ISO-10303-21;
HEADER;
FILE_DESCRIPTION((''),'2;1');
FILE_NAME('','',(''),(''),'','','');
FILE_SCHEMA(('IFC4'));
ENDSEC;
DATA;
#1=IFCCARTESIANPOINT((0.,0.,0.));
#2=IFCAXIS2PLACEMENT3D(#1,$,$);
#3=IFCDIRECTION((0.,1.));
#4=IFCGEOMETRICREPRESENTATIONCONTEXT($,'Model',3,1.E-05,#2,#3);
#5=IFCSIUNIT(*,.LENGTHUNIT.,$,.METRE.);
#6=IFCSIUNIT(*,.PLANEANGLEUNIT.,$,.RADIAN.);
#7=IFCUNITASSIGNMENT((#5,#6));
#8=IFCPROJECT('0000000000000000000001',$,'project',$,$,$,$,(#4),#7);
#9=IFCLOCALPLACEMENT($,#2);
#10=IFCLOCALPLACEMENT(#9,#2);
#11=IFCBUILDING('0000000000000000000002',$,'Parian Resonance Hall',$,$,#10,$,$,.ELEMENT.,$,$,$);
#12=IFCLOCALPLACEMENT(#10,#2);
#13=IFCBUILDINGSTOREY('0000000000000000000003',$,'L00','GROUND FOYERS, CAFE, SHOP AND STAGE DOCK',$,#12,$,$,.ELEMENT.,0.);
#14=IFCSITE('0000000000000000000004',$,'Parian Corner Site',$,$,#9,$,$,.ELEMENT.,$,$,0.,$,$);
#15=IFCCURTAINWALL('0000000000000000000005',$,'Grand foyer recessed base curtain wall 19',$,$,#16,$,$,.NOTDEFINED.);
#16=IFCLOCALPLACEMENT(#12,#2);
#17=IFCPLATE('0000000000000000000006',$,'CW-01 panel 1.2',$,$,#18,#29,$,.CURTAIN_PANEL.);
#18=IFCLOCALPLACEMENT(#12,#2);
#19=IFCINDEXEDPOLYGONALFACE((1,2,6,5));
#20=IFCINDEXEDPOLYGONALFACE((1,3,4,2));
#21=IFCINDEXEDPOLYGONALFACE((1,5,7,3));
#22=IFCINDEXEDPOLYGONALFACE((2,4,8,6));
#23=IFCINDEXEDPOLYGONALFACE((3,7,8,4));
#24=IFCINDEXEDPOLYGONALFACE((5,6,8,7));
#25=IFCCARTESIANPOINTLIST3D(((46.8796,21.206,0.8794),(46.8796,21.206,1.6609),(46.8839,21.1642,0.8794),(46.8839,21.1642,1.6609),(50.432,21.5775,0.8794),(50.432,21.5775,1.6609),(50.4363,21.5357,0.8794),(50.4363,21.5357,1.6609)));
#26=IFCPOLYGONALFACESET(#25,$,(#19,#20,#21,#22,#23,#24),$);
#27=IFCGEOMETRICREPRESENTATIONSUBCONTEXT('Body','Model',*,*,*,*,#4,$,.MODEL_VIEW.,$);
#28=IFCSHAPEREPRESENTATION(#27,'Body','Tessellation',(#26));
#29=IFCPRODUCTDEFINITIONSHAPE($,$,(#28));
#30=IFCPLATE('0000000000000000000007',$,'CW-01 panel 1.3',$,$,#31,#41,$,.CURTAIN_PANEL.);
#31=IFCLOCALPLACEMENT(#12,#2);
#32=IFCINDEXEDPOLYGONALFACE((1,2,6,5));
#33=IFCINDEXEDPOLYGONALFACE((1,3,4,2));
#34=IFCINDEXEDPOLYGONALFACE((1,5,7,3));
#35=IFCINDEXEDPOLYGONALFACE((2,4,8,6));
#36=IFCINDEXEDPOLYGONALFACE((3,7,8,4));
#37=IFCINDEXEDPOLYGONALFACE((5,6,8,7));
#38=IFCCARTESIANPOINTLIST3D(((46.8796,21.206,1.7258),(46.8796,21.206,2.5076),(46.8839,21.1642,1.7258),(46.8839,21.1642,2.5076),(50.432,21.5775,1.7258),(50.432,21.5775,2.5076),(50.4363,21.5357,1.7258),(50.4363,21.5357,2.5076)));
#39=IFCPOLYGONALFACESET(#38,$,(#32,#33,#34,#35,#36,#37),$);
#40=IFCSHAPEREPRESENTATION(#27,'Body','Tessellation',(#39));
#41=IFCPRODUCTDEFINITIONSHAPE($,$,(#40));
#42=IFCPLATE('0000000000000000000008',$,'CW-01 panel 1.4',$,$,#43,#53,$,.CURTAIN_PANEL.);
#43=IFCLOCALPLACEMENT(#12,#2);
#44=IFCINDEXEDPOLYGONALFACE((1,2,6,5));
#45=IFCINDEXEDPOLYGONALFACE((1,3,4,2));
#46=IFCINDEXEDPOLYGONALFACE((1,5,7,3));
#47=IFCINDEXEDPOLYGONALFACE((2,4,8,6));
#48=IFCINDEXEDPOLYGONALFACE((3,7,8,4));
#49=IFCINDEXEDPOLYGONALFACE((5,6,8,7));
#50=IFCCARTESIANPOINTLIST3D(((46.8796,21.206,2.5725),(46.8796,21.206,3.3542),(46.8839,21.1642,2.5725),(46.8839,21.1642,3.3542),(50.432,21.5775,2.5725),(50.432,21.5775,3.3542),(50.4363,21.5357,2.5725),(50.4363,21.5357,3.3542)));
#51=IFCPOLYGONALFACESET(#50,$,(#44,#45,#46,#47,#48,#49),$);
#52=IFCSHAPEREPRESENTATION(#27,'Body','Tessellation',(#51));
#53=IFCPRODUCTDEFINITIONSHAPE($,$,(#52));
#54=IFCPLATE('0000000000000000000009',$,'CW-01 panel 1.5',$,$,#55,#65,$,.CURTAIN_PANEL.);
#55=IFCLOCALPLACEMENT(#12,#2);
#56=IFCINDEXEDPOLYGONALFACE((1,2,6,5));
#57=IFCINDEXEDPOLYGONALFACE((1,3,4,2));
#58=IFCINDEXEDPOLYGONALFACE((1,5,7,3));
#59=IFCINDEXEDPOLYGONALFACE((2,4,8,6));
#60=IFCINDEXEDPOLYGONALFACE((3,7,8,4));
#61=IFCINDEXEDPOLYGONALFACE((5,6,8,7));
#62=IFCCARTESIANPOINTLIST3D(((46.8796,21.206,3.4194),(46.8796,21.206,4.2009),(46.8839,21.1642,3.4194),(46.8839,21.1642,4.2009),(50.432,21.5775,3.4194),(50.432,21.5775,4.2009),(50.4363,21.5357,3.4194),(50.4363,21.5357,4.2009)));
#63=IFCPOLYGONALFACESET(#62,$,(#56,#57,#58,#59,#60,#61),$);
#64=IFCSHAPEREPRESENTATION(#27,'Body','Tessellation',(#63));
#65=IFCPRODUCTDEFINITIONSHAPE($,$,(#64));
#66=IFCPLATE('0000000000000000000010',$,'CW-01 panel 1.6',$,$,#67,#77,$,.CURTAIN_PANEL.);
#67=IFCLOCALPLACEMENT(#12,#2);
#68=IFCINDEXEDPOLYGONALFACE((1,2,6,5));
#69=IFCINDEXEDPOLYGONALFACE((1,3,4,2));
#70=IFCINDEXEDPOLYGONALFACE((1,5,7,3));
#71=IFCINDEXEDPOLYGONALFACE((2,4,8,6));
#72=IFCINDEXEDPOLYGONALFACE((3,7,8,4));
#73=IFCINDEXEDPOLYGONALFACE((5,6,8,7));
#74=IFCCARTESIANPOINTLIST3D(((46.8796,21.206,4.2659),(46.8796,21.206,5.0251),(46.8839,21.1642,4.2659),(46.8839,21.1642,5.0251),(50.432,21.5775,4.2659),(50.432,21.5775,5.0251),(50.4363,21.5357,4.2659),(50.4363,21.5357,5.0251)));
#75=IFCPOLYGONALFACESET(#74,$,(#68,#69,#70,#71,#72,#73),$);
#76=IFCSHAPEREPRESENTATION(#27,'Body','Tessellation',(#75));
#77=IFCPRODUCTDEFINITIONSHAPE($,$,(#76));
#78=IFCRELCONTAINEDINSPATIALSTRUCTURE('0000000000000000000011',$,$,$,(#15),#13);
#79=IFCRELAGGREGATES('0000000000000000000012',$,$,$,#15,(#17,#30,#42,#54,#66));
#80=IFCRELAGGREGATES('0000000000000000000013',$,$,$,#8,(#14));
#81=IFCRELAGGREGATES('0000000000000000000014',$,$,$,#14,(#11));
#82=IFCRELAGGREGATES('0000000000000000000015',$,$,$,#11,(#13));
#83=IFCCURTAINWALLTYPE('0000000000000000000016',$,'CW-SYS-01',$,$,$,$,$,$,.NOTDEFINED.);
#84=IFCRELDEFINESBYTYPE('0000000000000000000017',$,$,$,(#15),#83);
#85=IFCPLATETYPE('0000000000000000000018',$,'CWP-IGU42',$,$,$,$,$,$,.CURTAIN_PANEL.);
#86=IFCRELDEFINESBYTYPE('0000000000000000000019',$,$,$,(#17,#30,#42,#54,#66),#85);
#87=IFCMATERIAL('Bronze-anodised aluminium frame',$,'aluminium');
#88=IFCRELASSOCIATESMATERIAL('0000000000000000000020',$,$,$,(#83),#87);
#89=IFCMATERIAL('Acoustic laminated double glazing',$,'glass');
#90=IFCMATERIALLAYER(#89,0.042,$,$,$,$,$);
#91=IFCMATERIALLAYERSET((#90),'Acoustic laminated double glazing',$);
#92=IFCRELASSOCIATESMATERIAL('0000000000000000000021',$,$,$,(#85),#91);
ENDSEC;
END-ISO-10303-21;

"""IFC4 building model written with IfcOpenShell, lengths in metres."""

from ifc_helpers import new_model, si_unit, direction, frame, origin, origin_2d, place, context, subcontext, project, spatial, rectangle, extrude, material, layer, layer_set, type_object, element, aggregate, save


model = new_model("IFC4")

# Units and contexts
model_context = context("Model", 3, precision=1e-05, world=origin(), true_north=direction((0.0, 1.0)))
body_context = subcontext(model_context, "Body", "Model", "MODEL_VIEW")
ifc_project = project(units=[si_unit("LENGTHUNIT", "METRE"), si_unit("PLANEANGLEUNIT", "RADIAN")], contexts=[model_context])

# Site, building, storey
site_placement = place(None, origin())
site = spatial("IfcSite", under=ifc_project, at=site_placement, Name="Parian Corner Site", CompositionType="ELEMENT", RefElevation=0.0)
building_placement = place(site_placement, origin())
building = spatial("IfcBuilding", under=site, at=building_placement, Name="Parian Resonance Hall", CompositionType="ELEMENT")
storey_placement = place(building_placement, origin())
storey = spatial("IfcBuildingStorey", under=building, at=storey_placement, Name="L00", Description="GROUND FOYERS, CAFE, SHOP AND STAGE DOCK", CompositionType="ELEMENT", Elevation=0.0)

# Curtain wall
ifc_material_1 = material(Name="Bronze-anodised aluminium frame", Category="aluminium")
curtain_wall_type_1 = type_object("IfcCurtainWallType", Name="CW-SYS-01", PredefinedType="NOTDEFINED", material=ifc_material_1)
curtain_wall_1_placement = place(storey_placement, origin())
curtain_wall_1 = element("IfcCurtainWall", 1, at=curtain_wall_1_placement, inside=storey, type_object=curtain_wall_type_1, Name="Grand foyer recessed base curtain wall 19", PredefinedType="NOTDEFINED")

# Plates
ifc_material_2 = material(Name="Acoustic laminated double glazing", Category="glass")
ifc_layer_1 = layer(ifc_material_2, 0.042)
ifc_layer_set_1 = layer_set([ifc_layer_1], Name="Acoustic laminated double glazing")
plate_type_1 = type_object("IfcPlateType", Name="CWP-IGU42", PredefinedType="CURTAIN_PANEL", material=ifc_layer_set_1)
plate_1_placement = place(storey_placement, frame((48.658, 21.3708, 0.8794), z_axis=(0.0, 0.0, 1.0), x_axis=(-0.994576, -0.104013, 0.0)))
plate_1 = element("IfcPlate", 2, at=plate_1_placement, type_object=plate_type_1, Name="CW-01 panel 1.2", PredefinedType="CURTAIN_PANEL", context=body_context, shape_type="SweptSolid", body=[
    extrude(rectangle(XDim=3.5718, YDim=0.042, at=origin_2d()), origin(), (0.0, 0.0, 1.0), 0.7815),
])
plate_2_placement = place(storey_placement, frame((48.658, 21.3708, 1.7258), z_axis=(0.0, 0.0, 1.0), x_axis=(-0.994576, -0.104013, 0.0)))
plate_2 = element("IfcPlate", 3, at=plate_2_placement, type_object=plate_type_1, Name="CW-01 panel 1.3", PredefinedType="CURTAIN_PANEL", context=body_context, shape_type="SweptSolid", body=[
    extrude(rectangle(XDim=3.5718, YDim=0.042, at=origin_2d()), origin(), (0.0, 0.0, 1.0), 0.7817),
])
plate_3_placement = place(storey_placement, frame((48.658, 21.3708, 2.5725), z_axis=(0.0, 0.0, 1.0), x_axis=(-0.994576, -0.104013, 0.0)))
plate_3 = element("IfcPlate", 4, at=plate_3_placement, type_object=plate_type_1, Name="CW-01 panel 1.4", PredefinedType="CURTAIN_PANEL", context=body_context, shape_type="SweptSolid", body=[
    extrude(rectangle(XDim=3.5718, YDim=0.042, at=origin_2d()), origin(), (0.0, 0.0, 1.0), 0.7817),
])
plate_4_placement = place(storey_placement, frame((48.658, 21.3708, 3.4194), z_axis=(0.0, 0.0, 1.0), x_axis=(-0.994576, -0.104013, 0.0)))
plate_4 = element("IfcPlate", 5, at=plate_4_placement, type_object=plate_type_1, Name="CW-01 panel 1.5", PredefinedType="CURTAIN_PANEL", context=body_context, shape_type="SweptSolid", body=[
    extrude(rectangle(XDim=3.5718, YDim=0.042, at=origin_2d()), origin(), (0.0, 0.0, 1.0), 0.7815),
])
plate_5_placement = place(storey_placement, frame((48.658, 21.3708, 4.2659), z_axis=(0.0, 0.0, 1.0), x_axis=(-0.994576, -0.104013, 0.0)))
plate_5 = element("IfcPlate", 6, at=plate_5_placement, type_object=plate_type_1, Name="CW-01 panel 1.6", PredefinedType="CURTAIN_PANEL", context=body_context, shape_type="SweptSolid", body=[
    extrude(rectangle(XDim=3.5718, YDim=0.042, at=origin_2d()), origin(), (0.0, 0.0, 1.0), 0.7593),
])
aggregate(curtain_wall_1, [plate_1, plate_2, plate_3, plate_4, plate_5])

save(model, "model.ifc")
